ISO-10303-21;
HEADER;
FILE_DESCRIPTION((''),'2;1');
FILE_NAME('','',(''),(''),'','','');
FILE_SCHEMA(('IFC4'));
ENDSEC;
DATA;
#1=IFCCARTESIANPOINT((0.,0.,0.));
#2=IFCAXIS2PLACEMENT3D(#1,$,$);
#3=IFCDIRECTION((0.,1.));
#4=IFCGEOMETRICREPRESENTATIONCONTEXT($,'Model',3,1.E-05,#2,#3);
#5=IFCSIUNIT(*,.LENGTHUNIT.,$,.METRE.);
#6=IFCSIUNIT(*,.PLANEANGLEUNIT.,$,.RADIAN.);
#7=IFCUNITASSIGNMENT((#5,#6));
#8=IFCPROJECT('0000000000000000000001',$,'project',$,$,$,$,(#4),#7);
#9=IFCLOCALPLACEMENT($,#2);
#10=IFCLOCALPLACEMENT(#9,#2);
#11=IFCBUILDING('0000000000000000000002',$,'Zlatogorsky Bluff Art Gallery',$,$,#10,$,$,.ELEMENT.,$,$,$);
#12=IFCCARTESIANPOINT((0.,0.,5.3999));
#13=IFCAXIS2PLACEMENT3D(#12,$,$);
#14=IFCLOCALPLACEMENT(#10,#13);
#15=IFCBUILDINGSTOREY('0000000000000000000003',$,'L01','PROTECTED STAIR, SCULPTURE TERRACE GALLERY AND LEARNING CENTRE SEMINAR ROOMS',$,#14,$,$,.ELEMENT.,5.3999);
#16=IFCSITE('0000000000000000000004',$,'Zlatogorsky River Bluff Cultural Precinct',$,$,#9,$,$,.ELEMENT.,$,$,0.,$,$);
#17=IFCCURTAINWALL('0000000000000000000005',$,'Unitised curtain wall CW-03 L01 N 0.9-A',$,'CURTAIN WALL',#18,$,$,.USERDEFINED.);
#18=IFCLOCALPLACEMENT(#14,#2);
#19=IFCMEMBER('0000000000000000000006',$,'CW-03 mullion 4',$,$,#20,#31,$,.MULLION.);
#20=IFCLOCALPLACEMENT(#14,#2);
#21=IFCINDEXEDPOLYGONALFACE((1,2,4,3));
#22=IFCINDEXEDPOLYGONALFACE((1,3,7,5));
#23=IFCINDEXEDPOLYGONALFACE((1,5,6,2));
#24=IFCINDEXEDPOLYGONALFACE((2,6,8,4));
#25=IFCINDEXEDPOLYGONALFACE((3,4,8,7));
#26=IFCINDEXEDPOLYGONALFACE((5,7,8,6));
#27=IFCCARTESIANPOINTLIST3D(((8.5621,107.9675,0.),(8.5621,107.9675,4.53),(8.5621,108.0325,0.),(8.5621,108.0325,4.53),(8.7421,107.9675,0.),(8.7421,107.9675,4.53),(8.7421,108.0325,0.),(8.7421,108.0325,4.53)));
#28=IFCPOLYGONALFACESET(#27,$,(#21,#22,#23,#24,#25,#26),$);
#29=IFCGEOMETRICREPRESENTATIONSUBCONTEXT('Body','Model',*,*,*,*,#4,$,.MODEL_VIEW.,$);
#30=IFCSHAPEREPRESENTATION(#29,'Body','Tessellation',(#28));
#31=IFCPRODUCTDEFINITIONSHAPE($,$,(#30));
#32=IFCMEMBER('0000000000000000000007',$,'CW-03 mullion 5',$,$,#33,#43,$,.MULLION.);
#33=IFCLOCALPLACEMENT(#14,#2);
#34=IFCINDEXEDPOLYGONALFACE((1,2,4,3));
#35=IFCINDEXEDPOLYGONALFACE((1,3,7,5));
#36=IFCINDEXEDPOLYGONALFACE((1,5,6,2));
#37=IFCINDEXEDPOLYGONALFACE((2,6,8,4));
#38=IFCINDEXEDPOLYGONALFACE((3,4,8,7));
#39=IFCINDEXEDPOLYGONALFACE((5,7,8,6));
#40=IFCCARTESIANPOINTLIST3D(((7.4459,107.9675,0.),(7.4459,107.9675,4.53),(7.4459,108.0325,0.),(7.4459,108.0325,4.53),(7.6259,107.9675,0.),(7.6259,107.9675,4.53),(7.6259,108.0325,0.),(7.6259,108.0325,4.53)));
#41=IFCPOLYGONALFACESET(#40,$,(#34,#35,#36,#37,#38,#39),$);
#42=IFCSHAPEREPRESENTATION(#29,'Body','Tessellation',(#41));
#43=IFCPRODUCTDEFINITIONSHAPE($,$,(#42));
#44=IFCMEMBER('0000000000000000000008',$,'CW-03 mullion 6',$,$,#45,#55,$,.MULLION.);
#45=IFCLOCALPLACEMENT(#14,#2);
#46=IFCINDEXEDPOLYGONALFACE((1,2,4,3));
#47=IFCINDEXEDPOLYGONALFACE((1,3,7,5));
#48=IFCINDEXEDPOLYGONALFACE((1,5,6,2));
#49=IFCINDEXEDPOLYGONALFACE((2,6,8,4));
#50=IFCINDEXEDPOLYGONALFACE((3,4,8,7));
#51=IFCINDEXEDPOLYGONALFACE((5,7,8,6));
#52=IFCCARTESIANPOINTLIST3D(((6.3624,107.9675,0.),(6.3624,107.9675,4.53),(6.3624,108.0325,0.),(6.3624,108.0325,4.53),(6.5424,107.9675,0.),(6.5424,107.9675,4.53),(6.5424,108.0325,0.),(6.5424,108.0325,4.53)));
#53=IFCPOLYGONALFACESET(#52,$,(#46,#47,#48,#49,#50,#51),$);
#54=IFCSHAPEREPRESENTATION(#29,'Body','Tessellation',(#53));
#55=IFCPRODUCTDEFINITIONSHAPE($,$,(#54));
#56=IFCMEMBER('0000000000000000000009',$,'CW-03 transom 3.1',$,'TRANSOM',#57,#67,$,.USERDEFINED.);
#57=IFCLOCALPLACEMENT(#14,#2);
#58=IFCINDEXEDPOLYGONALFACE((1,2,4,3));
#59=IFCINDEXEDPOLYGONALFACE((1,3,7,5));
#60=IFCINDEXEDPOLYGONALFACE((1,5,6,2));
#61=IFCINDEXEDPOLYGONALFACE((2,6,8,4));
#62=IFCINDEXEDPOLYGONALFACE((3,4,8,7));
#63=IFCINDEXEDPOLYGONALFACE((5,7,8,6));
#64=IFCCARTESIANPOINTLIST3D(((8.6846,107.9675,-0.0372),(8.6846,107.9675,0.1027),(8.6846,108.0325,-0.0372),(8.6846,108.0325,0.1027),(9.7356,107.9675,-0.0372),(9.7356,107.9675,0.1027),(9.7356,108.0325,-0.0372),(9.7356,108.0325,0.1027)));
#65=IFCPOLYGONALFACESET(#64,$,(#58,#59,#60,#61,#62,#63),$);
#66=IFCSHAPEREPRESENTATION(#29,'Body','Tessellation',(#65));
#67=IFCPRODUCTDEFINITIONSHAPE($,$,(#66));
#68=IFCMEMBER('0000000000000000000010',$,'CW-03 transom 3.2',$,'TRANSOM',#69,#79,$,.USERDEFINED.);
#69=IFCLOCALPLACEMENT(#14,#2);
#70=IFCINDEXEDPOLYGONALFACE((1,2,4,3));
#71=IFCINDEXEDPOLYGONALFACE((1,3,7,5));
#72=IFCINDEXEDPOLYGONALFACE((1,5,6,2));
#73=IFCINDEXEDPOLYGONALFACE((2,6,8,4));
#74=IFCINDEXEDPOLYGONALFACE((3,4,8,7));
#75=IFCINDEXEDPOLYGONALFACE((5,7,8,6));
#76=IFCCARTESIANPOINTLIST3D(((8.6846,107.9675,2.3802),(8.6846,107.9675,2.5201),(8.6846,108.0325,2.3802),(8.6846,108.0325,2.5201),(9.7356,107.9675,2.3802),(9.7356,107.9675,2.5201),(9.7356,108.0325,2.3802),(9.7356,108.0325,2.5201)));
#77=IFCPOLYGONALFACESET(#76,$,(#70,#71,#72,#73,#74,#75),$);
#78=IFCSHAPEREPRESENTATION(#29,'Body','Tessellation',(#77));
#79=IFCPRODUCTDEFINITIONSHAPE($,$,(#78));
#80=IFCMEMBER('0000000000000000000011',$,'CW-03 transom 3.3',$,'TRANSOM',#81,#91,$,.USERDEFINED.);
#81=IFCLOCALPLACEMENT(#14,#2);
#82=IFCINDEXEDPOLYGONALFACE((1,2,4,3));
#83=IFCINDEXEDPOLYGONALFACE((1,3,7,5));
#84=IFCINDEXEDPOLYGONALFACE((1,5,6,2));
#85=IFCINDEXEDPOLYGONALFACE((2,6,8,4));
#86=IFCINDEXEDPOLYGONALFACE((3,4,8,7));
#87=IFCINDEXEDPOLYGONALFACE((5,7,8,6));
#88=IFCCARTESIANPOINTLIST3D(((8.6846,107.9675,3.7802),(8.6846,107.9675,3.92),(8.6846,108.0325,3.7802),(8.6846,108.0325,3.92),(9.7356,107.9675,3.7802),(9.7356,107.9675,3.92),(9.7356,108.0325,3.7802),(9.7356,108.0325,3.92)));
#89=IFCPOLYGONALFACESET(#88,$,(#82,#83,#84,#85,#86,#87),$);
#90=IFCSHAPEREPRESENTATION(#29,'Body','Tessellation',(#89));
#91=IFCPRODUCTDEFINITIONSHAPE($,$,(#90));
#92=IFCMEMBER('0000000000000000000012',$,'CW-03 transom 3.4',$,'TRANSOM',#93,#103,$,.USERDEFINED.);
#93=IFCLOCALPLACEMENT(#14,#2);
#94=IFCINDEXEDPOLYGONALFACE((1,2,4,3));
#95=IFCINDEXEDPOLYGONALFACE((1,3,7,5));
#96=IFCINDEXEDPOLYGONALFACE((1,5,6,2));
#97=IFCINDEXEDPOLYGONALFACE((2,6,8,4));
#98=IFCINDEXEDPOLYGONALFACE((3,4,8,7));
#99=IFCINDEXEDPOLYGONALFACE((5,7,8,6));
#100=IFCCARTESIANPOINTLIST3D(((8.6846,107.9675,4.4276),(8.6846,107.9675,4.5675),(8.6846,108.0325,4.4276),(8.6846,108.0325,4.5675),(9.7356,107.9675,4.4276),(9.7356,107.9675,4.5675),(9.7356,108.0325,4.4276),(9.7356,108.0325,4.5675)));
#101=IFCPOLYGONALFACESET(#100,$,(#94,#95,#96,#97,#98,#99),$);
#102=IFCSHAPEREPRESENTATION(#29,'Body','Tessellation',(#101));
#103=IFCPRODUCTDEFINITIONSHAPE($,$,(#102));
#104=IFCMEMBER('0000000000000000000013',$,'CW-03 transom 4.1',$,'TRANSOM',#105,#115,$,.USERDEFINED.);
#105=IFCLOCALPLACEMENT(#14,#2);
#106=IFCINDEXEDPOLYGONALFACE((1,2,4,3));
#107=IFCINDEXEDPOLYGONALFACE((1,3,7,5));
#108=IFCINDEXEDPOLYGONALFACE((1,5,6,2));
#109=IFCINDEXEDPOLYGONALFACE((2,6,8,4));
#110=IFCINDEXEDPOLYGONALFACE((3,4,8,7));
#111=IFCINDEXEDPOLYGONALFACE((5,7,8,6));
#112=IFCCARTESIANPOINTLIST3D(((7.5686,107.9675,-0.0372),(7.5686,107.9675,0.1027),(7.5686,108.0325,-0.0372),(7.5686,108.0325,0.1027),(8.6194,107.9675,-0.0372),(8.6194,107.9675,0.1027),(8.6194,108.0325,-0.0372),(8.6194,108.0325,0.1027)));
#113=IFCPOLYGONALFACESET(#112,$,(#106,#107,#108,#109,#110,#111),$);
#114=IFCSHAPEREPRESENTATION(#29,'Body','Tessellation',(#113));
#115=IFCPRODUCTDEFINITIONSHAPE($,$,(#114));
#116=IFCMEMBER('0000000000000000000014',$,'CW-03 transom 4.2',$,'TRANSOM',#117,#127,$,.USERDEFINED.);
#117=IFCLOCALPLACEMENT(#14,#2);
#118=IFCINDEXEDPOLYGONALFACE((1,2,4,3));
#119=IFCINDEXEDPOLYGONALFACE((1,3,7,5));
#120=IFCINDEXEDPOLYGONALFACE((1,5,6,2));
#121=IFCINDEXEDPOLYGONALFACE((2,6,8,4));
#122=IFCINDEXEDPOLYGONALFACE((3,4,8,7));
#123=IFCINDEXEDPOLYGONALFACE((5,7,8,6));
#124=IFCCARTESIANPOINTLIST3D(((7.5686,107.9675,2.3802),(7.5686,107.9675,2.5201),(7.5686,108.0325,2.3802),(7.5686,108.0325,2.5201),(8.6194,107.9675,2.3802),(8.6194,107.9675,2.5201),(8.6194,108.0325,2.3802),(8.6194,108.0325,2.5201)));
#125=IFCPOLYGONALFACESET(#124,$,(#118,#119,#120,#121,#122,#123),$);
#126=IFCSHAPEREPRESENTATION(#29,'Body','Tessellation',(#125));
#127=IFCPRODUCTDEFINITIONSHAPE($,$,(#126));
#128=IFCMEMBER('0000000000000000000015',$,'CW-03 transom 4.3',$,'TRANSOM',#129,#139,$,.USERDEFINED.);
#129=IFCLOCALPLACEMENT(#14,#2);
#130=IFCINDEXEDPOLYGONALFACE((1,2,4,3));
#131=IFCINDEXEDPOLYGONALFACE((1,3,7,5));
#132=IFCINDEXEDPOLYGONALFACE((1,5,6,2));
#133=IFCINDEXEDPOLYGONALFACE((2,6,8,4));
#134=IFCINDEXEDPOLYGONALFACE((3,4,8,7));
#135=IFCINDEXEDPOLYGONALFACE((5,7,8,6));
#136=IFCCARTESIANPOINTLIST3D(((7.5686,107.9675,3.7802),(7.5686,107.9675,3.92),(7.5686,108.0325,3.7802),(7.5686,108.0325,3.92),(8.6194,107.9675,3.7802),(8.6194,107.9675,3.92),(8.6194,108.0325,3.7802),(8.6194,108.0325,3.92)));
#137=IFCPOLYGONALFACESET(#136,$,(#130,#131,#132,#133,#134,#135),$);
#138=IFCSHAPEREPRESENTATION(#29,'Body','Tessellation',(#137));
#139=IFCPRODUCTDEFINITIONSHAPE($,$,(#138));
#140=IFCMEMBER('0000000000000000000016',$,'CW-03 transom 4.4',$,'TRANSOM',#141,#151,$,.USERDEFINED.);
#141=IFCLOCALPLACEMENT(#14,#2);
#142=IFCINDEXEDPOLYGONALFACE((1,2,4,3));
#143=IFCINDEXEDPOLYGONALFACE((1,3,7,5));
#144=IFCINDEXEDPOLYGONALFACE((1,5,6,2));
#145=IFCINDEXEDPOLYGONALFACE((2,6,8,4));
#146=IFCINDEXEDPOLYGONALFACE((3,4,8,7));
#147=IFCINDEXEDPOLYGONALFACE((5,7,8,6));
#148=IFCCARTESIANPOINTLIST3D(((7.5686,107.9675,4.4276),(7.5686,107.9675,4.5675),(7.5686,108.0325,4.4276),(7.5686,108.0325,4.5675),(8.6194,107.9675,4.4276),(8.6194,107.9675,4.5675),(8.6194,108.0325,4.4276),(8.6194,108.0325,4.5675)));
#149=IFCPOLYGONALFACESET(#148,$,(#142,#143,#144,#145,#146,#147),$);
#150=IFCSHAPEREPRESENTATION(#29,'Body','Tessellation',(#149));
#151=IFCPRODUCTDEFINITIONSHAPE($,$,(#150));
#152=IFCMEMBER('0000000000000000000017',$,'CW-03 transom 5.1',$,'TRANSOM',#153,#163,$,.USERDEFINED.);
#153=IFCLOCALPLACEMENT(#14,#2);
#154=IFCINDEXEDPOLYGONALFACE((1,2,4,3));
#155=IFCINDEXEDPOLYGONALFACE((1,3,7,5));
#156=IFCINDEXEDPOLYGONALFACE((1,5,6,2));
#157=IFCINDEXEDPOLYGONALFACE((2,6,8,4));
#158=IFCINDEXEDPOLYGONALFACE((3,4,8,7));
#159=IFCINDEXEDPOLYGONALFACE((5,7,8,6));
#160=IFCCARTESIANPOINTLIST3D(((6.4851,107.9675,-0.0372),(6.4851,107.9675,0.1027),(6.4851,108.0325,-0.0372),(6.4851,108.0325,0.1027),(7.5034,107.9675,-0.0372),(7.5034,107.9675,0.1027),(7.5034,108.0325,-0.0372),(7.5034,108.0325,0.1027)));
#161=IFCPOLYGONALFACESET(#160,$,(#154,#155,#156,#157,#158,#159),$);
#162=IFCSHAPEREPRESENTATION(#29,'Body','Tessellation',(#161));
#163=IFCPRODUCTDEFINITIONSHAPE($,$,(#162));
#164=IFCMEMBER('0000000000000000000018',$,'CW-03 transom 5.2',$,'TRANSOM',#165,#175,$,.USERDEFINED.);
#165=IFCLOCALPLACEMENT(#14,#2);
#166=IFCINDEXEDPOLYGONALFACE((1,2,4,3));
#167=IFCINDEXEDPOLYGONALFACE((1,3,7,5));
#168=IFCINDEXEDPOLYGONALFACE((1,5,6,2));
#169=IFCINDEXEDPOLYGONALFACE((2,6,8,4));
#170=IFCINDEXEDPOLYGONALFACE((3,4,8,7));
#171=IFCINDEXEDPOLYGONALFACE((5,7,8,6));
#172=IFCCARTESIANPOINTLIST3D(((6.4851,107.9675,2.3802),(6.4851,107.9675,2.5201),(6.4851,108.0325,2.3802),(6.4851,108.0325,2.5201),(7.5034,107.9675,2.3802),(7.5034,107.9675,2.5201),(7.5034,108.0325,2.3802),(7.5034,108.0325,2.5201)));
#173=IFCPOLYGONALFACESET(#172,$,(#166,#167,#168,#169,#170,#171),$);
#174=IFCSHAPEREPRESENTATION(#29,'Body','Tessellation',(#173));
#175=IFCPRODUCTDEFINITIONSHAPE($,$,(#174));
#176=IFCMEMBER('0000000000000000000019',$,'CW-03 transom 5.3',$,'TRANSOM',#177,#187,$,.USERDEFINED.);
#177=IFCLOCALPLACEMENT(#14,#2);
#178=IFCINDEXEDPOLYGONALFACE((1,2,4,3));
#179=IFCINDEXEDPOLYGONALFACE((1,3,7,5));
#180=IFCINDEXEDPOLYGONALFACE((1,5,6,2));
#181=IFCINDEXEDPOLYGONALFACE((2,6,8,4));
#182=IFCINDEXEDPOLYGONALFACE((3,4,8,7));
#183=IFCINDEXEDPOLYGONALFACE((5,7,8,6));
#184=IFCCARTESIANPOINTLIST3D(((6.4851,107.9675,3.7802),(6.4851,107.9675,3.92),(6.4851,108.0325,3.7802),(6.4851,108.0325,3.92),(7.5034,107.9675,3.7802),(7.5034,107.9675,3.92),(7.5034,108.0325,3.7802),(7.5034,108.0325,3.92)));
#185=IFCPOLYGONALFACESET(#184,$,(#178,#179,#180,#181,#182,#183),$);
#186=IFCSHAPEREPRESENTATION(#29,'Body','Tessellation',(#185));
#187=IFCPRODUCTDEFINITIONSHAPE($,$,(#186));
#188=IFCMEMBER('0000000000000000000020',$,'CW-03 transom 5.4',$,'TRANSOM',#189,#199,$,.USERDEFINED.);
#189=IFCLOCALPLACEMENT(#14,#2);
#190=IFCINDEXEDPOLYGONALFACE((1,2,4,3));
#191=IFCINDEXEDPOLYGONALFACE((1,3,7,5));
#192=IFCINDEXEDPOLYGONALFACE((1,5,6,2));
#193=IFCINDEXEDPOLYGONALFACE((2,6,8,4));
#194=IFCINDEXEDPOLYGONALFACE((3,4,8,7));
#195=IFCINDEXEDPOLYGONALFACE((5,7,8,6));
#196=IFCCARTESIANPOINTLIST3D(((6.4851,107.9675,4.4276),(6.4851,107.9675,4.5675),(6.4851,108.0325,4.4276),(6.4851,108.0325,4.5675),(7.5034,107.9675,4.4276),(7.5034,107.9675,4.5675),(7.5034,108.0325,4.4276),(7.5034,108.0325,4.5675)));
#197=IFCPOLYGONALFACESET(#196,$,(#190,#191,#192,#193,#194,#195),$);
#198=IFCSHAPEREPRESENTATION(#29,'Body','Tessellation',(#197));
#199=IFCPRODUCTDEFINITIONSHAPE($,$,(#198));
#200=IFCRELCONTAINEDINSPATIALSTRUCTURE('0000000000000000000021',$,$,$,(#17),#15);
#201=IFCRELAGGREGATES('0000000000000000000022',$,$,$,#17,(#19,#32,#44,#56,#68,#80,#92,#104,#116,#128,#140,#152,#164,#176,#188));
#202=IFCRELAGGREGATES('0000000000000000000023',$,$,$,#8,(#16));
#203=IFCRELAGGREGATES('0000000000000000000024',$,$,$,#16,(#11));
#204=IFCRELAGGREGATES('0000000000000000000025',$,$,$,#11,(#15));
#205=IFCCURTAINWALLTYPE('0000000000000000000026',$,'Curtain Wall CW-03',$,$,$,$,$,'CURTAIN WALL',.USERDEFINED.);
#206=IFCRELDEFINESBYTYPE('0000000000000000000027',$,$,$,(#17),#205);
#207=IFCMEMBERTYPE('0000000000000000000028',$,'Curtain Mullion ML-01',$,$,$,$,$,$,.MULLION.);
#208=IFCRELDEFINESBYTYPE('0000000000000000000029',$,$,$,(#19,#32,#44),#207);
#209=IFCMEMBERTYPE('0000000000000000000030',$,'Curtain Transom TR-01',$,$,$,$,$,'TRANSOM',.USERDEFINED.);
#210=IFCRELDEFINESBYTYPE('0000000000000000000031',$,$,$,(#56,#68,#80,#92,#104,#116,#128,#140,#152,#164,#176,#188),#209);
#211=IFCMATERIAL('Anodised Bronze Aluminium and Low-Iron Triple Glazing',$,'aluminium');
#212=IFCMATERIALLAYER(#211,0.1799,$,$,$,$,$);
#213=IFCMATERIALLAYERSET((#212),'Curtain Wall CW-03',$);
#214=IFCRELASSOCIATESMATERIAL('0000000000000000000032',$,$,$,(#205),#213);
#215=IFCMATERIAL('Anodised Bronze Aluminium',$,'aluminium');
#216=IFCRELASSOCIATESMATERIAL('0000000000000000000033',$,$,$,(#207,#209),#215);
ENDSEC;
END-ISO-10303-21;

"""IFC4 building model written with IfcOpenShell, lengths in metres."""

from ifc_helpers import new_model, si_unit, direction, frame, origin, origin_2d, place, context, subcontext, project, spatial, rectangle, extrude, material, layer, layer_set, material_profile, profile_set, type_object, element, aggregate, save


model = new_model("IFC4")

# Units and contexts
model_context = context("Model", 3, precision=1e-05, world=origin(), true_north=direction((0.0, 1.0)))
body_context = subcontext(model_context, "Body", "Model", "MODEL_VIEW")
ifc_project = project(units=[si_unit("LENGTHUNIT", "METRE"), si_unit("PLANEANGLEUNIT", "RADIAN")], contexts=[model_context])

# Site, building, storey
site_placement = place(None, origin())
site = spatial("IfcSite", under=ifc_project, at=site_placement, Name="Zlatogorsky River Bluff Cultural Precinct", CompositionType="ELEMENT", RefElevation=0.0)
building_placement = place(site_placement, origin())
building = spatial("IfcBuilding", under=site, at=building_placement, Name="Zlatogorsky Bluff Art Gallery", CompositionType="ELEMENT")
storey_placement = place(building_placement, frame((0.0, 0.0, 5.3999)))
storey = spatial("IfcBuildingStorey", under=building, at=storey_placement, Name="L01", Description="PROTECTED STAIR, SCULPTURE TERRACE GALLERY AND LEARNING CENTRE SEMINAR ROOMS", CompositionType="ELEMENT", Elevation=5.3999)

# Curtain wall, members
ifc_material_1 = material(Name="Anodised Bronze Aluminium and Low-Iron Triple Glazing", Category="aluminium")
ifc_layer_1 = layer(ifc_material_1, 0.1799)
ifc_layer_set_1 = layer_set([ifc_layer_1], Name="Curtain Wall CW-03")
curtain_wall_type = type_object("IfcCurtainWallType", Name="Curtain Wall CW-03", ElementType="CURTAIN WALL", PredefinedType="USERDEFINED", material=ifc_layer_set_1)
curtain_wall_placement = place(storey_placement, origin())
curtain_wall = element("IfcCurtainWall", 1, at=curtain_wall_placement, inside=storey, type_object=curtain_wall_type, Name="Unitised curtain wall CW-03 L01 N 0.9-A", ObjectType="CURTAIN WALL", PredefinedType="USERDEFINED")
ifc_material_2 = material(Name="Anodised Bronze Aluminium", Category="aluminium")
ifc_material_profile_1 = material_profile(ifc_material_2, rectangle(XDim=0.0649, YDim=0.1799, at=origin_2d()), Name="ALU MULLION 65x180")
ifc_profile_set_1 = profile_set([ifc_material_profile_1], Name="Anodised Bronze Aluminium")
member_type_1 = type_object("IfcMemberType", Name="Curtain Mullion ML-01", PredefinedType="MULLION", material=ifc_profile_set_1)
member_1_placement = place(storey_placement, frame((8.6521, 108.0, 0.0), z_axis=(0.0, 0.0, 1.0), x_axis=(0.0, -1.0, 0.0)))
member_1 = element("IfcMember", 2, at=member_1_placement, type_object=member_type_1, Name="CW-03 mullion 4", PredefinedType="MULLION", context=body_context, shape_type="SweptSolid", body=[
    extrude(rectangle(XDim=0.0649, YDim=0.1799, at=origin_2d()), origin(), (0.0, 0.0, 1.0), 4.53),
])
member_2_placement = place(storey_placement, frame((7.5359, 108.0, 0.0), z_axis=(0.0, 0.0, 1.0), x_axis=(0.0, -1.0, 0.0)))
member_2 = element("IfcMember", 3, at=member_2_placement, type_object=member_type_1, Name="CW-03 mullion 5", PredefinedType="MULLION", context=body_context, shape_type="SweptSolid", body=[
    extrude(rectangle(XDim=0.0649, YDim=0.1799, at=origin_2d()), origin(), (0.0, 0.0, 1.0), 4.53),
])
member_3_placement = place(storey_placement, frame((6.4524, 108.0, 0.0), z_axis=(0.0, 0.0, 1.0), x_axis=(0.0, -1.0, 0.0)))
member_3 = element("IfcMember", 4, at=member_3_placement, type_object=member_type_1, Name="CW-03 mullion 6", PredefinedType="MULLION", context=body_context, shape_type="SweptSolid", body=[
    extrude(rectangle(XDim=0.0649, YDim=0.1799, at=origin_2d()), origin(), (0.0, 0.0, 1.0), 4.53),
])
ifc_material_profile_2 = material_profile(ifc_material_2, rectangle(XDim=0.0649, YDim=0.1399, at=origin_2d()), Name="ALU TRANSOM 65x140")
ifc_profile_set_2 = profile_set([ifc_material_profile_2], Name="Anodised Bronze Aluminium")
member_type_2 = type_object("IfcMemberType", Name="Curtain Transom TR-01", ElementType="TRANSOM", PredefinedType="USERDEFINED", material=ifc_profile_set_2)
member_4_placement = place(storey_placement, frame((9.7356, 108.0, 0.0327), z_axis=(-1.0, 0.0, 0.0), x_axis=(0.0, -1.0, 0.0)))
member_4 = element("IfcMember", 5, at=member_4_placement, type_object=member_type_2, Name="CW-03 transom 3.1", ObjectType="TRANSOM", PredefinedType="USERDEFINED", context=body_context, shape_type="SweptSolid", body=[
    extrude(rectangle(XDim=0.0649, YDim=0.1399, at=origin_2d()), origin(), (0.0, 0.0, 1.0), 1.051),
])
member_5_placement = place(storey_placement, frame((9.7356, 108.0, 2.4502), z_axis=(-1.0, 0.0, 0.0), x_axis=(0.0, -1.0, 0.0)))
member_5 = element("IfcMember", 6, at=member_5_placement, type_object=member_type_2, Name="CW-03 transom 3.2", ObjectType="TRANSOM", PredefinedType="USERDEFINED", context=body_context, shape_type="SweptSolid", body=[
    extrude(rectangle(XDim=0.0649, YDim=0.1399, at=origin_2d()), origin(), (0.0, 0.0, 1.0), 1.051),
])
member_6_placement = place(storey_placement, frame((9.7356, 108.0, 3.8501), z_axis=(-1.0, 0.0, 0.0), x_axis=(0.0, -1.0, 0.0)))
member_6 = element("IfcMember", 7, at=member_6_placement, type_object=member_type_2, Name="CW-03 transom 3.3", ObjectType="TRANSOM", PredefinedType="USERDEFINED", context=body_context, shape_type="SweptSolid", body=[
    extrude(rectangle(XDim=0.0649, YDim=0.1399, at=origin_2d()), origin(), (0.0, 0.0, 1.0), 1.051),
])
member_7_placement = place(storey_placement, frame((9.7356, 108.0, 4.4976), z_axis=(-1.0, 0.0, 0.0), x_axis=(0.0, -1.0, 0.0)))
member_7 = element("IfcMember", 8, at=member_7_placement, type_object=member_type_2, Name="CW-03 transom 3.4", ObjectType="TRANSOM", PredefinedType="USERDEFINED", context=body_context, shape_type="SweptSolid", body=[
    extrude(rectangle(XDim=0.0649, YDim=0.1399, at=origin_2d()), origin(), (0.0, 0.0, 1.0), 1.051),
])
member_8_placement = place(storey_placement, frame((8.6194, 108.0, 0.0327), z_axis=(-1.0, 0.0, 0.0), x_axis=(0.0, -1.0, 0.0)))
member_8 = element("IfcMember", 9, at=member_8_placement, type_object=member_type_2, Name="CW-03 transom 4.1", ObjectType="TRANSOM", PredefinedType="USERDEFINED", context=body_context, shape_type="SweptSolid", body=[
    extrude(rectangle(XDim=0.0649, YDim=0.1399, at=origin_2d()), origin(), (0.0, 0.0, 1.0), 1.0508),
])
member_9_placement = place(storey_placement, frame((8.6194, 108.0, 2.4502), z_axis=(-1.0, 0.0, 0.0), x_axis=(0.0, -1.0, 0.0)))
member_9 = element("IfcMember", 10, at=member_9_placement, type_object=member_type_2, Name="CW-03 transom 4.2", ObjectType="TRANSOM", PredefinedType="USERDEFINED", context=body_context, shape_type="SweptSolid", body=[
    extrude(rectangle(XDim=0.0649, YDim=0.1399, at=origin_2d()), origin(), (0.0, 0.0, 1.0), 1.0508),
])
member_10_placement = place(storey_placement, frame((8.6194, 108.0, 3.8501), z_axis=(-1.0, 0.0, 0.0), x_axis=(0.0, -1.0, 0.0)))
member_10 = element("IfcMember", 11, at=member_10_placement, type_object=member_type_2, Name="CW-03 transom 4.3", ObjectType="TRANSOM", PredefinedType="USERDEFINED", context=body_context, shape_type="SweptSolid", body=[
    extrude(rectangle(XDim=0.0649, YDim=0.1399, at=origin_2d()), origin(), (0.0, 0.0, 1.0), 1.0508),
])
member_11_placement = place(storey_placement, frame((8.6194, 108.0, 4.4976), z_axis=(-1.0, 0.0, 0.0), x_axis=(0.0, -1.0, 0.0)))
member_11 = element("IfcMember", 12, at=member_11_placement, type_object=member_type_2, Name="CW-03 transom 4.4", ObjectType="TRANSOM", PredefinedType="USERDEFINED", context=body_context, shape_type="SweptSolid", body=[
    extrude(rectangle(XDim=0.0649, YDim=0.1399, at=origin_2d()), origin(), (0.0, 0.0, 1.0), 1.0508),
])
member_12_placement = place(storey_placement, frame((7.5034, 108.0, 0.0327), z_axis=(-1.0, 0.0, 0.0), x_axis=(0.0, -1.0, 0.0)))
member_12 = element("IfcMember", 13, at=member_12_placement, type_object=member_type_2, Name="CW-03 transom 5.1", ObjectType="TRANSOM", PredefinedType="USERDEFINED", context=body_context, shape_type="SweptSolid", body=[
    extrude(rectangle(XDim=0.0649, YDim=0.1399, at=origin_2d()), origin(), (0.0, 0.0, 1.0), 1.0183),
])
member_13_placement = place(storey_placement, frame((7.5034, 108.0, 2.4502), z_axis=(-1.0, 0.0, 0.0), x_axis=(0.0, -1.0, 0.0)))
member_13 = element("IfcMember", 14, at=member_13_placement, type_object=member_type_2, Name="CW-03 transom 5.2", ObjectType="TRANSOM", PredefinedType="USERDEFINED", context=body_context, shape_type="SweptSolid", body=[
    extrude(rectangle(XDim=0.0649, YDim=0.1399, at=origin_2d()), origin(), (0.0, 0.0, 1.0), 1.0183),
])
member_14_placement = place(storey_placement, frame((7.5034, 108.0, 3.8501), z_axis=(-1.0, 0.0, 0.0), x_axis=(0.0, -1.0, 0.0)))
member_14 = element("IfcMember", 15, at=member_14_placement, type_object=member_type_2, Name="CW-03 transom 5.3", ObjectType="TRANSOM", PredefinedType="USERDEFINED", context=body_context, shape_type="SweptSolid", body=[
    extrude(rectangle(XDim=0.0649, YDim=0.1399, at=origin_2d()), origin(), (0.0, 0.0, 1.0), 1.0183),
])
member_15_placement = place(storey_placement, frame((7.5034, 108.0, 4.4976), z_axis=(-1.0, 0.0, 0.0), x_axis=(0.0, -1.0, 0.0)))
member_15 = element("IfcMember", 16, at=member_15_placement, type_object=member_type_2, Name="CW-03 transom 5.4", ObjectType="TRANSOM", PredefinedType="USERDEFINED", context=body_context, shape_type="SweptSolid", body=[
    extrude(rectangle(XDim=0.0649, YDim=0.1399, at=origin_2d()), origin(), (0.0, 0.0, 1.0), 1.0183),
])
aggregate(curtain_wall, [member_1, member_2, member_3, member_4, member_5, member_6, member_7, member_8, member_9, member_10, member_11, member_12, member_13, member_14, member_15])

save(model, "model.ifc")
